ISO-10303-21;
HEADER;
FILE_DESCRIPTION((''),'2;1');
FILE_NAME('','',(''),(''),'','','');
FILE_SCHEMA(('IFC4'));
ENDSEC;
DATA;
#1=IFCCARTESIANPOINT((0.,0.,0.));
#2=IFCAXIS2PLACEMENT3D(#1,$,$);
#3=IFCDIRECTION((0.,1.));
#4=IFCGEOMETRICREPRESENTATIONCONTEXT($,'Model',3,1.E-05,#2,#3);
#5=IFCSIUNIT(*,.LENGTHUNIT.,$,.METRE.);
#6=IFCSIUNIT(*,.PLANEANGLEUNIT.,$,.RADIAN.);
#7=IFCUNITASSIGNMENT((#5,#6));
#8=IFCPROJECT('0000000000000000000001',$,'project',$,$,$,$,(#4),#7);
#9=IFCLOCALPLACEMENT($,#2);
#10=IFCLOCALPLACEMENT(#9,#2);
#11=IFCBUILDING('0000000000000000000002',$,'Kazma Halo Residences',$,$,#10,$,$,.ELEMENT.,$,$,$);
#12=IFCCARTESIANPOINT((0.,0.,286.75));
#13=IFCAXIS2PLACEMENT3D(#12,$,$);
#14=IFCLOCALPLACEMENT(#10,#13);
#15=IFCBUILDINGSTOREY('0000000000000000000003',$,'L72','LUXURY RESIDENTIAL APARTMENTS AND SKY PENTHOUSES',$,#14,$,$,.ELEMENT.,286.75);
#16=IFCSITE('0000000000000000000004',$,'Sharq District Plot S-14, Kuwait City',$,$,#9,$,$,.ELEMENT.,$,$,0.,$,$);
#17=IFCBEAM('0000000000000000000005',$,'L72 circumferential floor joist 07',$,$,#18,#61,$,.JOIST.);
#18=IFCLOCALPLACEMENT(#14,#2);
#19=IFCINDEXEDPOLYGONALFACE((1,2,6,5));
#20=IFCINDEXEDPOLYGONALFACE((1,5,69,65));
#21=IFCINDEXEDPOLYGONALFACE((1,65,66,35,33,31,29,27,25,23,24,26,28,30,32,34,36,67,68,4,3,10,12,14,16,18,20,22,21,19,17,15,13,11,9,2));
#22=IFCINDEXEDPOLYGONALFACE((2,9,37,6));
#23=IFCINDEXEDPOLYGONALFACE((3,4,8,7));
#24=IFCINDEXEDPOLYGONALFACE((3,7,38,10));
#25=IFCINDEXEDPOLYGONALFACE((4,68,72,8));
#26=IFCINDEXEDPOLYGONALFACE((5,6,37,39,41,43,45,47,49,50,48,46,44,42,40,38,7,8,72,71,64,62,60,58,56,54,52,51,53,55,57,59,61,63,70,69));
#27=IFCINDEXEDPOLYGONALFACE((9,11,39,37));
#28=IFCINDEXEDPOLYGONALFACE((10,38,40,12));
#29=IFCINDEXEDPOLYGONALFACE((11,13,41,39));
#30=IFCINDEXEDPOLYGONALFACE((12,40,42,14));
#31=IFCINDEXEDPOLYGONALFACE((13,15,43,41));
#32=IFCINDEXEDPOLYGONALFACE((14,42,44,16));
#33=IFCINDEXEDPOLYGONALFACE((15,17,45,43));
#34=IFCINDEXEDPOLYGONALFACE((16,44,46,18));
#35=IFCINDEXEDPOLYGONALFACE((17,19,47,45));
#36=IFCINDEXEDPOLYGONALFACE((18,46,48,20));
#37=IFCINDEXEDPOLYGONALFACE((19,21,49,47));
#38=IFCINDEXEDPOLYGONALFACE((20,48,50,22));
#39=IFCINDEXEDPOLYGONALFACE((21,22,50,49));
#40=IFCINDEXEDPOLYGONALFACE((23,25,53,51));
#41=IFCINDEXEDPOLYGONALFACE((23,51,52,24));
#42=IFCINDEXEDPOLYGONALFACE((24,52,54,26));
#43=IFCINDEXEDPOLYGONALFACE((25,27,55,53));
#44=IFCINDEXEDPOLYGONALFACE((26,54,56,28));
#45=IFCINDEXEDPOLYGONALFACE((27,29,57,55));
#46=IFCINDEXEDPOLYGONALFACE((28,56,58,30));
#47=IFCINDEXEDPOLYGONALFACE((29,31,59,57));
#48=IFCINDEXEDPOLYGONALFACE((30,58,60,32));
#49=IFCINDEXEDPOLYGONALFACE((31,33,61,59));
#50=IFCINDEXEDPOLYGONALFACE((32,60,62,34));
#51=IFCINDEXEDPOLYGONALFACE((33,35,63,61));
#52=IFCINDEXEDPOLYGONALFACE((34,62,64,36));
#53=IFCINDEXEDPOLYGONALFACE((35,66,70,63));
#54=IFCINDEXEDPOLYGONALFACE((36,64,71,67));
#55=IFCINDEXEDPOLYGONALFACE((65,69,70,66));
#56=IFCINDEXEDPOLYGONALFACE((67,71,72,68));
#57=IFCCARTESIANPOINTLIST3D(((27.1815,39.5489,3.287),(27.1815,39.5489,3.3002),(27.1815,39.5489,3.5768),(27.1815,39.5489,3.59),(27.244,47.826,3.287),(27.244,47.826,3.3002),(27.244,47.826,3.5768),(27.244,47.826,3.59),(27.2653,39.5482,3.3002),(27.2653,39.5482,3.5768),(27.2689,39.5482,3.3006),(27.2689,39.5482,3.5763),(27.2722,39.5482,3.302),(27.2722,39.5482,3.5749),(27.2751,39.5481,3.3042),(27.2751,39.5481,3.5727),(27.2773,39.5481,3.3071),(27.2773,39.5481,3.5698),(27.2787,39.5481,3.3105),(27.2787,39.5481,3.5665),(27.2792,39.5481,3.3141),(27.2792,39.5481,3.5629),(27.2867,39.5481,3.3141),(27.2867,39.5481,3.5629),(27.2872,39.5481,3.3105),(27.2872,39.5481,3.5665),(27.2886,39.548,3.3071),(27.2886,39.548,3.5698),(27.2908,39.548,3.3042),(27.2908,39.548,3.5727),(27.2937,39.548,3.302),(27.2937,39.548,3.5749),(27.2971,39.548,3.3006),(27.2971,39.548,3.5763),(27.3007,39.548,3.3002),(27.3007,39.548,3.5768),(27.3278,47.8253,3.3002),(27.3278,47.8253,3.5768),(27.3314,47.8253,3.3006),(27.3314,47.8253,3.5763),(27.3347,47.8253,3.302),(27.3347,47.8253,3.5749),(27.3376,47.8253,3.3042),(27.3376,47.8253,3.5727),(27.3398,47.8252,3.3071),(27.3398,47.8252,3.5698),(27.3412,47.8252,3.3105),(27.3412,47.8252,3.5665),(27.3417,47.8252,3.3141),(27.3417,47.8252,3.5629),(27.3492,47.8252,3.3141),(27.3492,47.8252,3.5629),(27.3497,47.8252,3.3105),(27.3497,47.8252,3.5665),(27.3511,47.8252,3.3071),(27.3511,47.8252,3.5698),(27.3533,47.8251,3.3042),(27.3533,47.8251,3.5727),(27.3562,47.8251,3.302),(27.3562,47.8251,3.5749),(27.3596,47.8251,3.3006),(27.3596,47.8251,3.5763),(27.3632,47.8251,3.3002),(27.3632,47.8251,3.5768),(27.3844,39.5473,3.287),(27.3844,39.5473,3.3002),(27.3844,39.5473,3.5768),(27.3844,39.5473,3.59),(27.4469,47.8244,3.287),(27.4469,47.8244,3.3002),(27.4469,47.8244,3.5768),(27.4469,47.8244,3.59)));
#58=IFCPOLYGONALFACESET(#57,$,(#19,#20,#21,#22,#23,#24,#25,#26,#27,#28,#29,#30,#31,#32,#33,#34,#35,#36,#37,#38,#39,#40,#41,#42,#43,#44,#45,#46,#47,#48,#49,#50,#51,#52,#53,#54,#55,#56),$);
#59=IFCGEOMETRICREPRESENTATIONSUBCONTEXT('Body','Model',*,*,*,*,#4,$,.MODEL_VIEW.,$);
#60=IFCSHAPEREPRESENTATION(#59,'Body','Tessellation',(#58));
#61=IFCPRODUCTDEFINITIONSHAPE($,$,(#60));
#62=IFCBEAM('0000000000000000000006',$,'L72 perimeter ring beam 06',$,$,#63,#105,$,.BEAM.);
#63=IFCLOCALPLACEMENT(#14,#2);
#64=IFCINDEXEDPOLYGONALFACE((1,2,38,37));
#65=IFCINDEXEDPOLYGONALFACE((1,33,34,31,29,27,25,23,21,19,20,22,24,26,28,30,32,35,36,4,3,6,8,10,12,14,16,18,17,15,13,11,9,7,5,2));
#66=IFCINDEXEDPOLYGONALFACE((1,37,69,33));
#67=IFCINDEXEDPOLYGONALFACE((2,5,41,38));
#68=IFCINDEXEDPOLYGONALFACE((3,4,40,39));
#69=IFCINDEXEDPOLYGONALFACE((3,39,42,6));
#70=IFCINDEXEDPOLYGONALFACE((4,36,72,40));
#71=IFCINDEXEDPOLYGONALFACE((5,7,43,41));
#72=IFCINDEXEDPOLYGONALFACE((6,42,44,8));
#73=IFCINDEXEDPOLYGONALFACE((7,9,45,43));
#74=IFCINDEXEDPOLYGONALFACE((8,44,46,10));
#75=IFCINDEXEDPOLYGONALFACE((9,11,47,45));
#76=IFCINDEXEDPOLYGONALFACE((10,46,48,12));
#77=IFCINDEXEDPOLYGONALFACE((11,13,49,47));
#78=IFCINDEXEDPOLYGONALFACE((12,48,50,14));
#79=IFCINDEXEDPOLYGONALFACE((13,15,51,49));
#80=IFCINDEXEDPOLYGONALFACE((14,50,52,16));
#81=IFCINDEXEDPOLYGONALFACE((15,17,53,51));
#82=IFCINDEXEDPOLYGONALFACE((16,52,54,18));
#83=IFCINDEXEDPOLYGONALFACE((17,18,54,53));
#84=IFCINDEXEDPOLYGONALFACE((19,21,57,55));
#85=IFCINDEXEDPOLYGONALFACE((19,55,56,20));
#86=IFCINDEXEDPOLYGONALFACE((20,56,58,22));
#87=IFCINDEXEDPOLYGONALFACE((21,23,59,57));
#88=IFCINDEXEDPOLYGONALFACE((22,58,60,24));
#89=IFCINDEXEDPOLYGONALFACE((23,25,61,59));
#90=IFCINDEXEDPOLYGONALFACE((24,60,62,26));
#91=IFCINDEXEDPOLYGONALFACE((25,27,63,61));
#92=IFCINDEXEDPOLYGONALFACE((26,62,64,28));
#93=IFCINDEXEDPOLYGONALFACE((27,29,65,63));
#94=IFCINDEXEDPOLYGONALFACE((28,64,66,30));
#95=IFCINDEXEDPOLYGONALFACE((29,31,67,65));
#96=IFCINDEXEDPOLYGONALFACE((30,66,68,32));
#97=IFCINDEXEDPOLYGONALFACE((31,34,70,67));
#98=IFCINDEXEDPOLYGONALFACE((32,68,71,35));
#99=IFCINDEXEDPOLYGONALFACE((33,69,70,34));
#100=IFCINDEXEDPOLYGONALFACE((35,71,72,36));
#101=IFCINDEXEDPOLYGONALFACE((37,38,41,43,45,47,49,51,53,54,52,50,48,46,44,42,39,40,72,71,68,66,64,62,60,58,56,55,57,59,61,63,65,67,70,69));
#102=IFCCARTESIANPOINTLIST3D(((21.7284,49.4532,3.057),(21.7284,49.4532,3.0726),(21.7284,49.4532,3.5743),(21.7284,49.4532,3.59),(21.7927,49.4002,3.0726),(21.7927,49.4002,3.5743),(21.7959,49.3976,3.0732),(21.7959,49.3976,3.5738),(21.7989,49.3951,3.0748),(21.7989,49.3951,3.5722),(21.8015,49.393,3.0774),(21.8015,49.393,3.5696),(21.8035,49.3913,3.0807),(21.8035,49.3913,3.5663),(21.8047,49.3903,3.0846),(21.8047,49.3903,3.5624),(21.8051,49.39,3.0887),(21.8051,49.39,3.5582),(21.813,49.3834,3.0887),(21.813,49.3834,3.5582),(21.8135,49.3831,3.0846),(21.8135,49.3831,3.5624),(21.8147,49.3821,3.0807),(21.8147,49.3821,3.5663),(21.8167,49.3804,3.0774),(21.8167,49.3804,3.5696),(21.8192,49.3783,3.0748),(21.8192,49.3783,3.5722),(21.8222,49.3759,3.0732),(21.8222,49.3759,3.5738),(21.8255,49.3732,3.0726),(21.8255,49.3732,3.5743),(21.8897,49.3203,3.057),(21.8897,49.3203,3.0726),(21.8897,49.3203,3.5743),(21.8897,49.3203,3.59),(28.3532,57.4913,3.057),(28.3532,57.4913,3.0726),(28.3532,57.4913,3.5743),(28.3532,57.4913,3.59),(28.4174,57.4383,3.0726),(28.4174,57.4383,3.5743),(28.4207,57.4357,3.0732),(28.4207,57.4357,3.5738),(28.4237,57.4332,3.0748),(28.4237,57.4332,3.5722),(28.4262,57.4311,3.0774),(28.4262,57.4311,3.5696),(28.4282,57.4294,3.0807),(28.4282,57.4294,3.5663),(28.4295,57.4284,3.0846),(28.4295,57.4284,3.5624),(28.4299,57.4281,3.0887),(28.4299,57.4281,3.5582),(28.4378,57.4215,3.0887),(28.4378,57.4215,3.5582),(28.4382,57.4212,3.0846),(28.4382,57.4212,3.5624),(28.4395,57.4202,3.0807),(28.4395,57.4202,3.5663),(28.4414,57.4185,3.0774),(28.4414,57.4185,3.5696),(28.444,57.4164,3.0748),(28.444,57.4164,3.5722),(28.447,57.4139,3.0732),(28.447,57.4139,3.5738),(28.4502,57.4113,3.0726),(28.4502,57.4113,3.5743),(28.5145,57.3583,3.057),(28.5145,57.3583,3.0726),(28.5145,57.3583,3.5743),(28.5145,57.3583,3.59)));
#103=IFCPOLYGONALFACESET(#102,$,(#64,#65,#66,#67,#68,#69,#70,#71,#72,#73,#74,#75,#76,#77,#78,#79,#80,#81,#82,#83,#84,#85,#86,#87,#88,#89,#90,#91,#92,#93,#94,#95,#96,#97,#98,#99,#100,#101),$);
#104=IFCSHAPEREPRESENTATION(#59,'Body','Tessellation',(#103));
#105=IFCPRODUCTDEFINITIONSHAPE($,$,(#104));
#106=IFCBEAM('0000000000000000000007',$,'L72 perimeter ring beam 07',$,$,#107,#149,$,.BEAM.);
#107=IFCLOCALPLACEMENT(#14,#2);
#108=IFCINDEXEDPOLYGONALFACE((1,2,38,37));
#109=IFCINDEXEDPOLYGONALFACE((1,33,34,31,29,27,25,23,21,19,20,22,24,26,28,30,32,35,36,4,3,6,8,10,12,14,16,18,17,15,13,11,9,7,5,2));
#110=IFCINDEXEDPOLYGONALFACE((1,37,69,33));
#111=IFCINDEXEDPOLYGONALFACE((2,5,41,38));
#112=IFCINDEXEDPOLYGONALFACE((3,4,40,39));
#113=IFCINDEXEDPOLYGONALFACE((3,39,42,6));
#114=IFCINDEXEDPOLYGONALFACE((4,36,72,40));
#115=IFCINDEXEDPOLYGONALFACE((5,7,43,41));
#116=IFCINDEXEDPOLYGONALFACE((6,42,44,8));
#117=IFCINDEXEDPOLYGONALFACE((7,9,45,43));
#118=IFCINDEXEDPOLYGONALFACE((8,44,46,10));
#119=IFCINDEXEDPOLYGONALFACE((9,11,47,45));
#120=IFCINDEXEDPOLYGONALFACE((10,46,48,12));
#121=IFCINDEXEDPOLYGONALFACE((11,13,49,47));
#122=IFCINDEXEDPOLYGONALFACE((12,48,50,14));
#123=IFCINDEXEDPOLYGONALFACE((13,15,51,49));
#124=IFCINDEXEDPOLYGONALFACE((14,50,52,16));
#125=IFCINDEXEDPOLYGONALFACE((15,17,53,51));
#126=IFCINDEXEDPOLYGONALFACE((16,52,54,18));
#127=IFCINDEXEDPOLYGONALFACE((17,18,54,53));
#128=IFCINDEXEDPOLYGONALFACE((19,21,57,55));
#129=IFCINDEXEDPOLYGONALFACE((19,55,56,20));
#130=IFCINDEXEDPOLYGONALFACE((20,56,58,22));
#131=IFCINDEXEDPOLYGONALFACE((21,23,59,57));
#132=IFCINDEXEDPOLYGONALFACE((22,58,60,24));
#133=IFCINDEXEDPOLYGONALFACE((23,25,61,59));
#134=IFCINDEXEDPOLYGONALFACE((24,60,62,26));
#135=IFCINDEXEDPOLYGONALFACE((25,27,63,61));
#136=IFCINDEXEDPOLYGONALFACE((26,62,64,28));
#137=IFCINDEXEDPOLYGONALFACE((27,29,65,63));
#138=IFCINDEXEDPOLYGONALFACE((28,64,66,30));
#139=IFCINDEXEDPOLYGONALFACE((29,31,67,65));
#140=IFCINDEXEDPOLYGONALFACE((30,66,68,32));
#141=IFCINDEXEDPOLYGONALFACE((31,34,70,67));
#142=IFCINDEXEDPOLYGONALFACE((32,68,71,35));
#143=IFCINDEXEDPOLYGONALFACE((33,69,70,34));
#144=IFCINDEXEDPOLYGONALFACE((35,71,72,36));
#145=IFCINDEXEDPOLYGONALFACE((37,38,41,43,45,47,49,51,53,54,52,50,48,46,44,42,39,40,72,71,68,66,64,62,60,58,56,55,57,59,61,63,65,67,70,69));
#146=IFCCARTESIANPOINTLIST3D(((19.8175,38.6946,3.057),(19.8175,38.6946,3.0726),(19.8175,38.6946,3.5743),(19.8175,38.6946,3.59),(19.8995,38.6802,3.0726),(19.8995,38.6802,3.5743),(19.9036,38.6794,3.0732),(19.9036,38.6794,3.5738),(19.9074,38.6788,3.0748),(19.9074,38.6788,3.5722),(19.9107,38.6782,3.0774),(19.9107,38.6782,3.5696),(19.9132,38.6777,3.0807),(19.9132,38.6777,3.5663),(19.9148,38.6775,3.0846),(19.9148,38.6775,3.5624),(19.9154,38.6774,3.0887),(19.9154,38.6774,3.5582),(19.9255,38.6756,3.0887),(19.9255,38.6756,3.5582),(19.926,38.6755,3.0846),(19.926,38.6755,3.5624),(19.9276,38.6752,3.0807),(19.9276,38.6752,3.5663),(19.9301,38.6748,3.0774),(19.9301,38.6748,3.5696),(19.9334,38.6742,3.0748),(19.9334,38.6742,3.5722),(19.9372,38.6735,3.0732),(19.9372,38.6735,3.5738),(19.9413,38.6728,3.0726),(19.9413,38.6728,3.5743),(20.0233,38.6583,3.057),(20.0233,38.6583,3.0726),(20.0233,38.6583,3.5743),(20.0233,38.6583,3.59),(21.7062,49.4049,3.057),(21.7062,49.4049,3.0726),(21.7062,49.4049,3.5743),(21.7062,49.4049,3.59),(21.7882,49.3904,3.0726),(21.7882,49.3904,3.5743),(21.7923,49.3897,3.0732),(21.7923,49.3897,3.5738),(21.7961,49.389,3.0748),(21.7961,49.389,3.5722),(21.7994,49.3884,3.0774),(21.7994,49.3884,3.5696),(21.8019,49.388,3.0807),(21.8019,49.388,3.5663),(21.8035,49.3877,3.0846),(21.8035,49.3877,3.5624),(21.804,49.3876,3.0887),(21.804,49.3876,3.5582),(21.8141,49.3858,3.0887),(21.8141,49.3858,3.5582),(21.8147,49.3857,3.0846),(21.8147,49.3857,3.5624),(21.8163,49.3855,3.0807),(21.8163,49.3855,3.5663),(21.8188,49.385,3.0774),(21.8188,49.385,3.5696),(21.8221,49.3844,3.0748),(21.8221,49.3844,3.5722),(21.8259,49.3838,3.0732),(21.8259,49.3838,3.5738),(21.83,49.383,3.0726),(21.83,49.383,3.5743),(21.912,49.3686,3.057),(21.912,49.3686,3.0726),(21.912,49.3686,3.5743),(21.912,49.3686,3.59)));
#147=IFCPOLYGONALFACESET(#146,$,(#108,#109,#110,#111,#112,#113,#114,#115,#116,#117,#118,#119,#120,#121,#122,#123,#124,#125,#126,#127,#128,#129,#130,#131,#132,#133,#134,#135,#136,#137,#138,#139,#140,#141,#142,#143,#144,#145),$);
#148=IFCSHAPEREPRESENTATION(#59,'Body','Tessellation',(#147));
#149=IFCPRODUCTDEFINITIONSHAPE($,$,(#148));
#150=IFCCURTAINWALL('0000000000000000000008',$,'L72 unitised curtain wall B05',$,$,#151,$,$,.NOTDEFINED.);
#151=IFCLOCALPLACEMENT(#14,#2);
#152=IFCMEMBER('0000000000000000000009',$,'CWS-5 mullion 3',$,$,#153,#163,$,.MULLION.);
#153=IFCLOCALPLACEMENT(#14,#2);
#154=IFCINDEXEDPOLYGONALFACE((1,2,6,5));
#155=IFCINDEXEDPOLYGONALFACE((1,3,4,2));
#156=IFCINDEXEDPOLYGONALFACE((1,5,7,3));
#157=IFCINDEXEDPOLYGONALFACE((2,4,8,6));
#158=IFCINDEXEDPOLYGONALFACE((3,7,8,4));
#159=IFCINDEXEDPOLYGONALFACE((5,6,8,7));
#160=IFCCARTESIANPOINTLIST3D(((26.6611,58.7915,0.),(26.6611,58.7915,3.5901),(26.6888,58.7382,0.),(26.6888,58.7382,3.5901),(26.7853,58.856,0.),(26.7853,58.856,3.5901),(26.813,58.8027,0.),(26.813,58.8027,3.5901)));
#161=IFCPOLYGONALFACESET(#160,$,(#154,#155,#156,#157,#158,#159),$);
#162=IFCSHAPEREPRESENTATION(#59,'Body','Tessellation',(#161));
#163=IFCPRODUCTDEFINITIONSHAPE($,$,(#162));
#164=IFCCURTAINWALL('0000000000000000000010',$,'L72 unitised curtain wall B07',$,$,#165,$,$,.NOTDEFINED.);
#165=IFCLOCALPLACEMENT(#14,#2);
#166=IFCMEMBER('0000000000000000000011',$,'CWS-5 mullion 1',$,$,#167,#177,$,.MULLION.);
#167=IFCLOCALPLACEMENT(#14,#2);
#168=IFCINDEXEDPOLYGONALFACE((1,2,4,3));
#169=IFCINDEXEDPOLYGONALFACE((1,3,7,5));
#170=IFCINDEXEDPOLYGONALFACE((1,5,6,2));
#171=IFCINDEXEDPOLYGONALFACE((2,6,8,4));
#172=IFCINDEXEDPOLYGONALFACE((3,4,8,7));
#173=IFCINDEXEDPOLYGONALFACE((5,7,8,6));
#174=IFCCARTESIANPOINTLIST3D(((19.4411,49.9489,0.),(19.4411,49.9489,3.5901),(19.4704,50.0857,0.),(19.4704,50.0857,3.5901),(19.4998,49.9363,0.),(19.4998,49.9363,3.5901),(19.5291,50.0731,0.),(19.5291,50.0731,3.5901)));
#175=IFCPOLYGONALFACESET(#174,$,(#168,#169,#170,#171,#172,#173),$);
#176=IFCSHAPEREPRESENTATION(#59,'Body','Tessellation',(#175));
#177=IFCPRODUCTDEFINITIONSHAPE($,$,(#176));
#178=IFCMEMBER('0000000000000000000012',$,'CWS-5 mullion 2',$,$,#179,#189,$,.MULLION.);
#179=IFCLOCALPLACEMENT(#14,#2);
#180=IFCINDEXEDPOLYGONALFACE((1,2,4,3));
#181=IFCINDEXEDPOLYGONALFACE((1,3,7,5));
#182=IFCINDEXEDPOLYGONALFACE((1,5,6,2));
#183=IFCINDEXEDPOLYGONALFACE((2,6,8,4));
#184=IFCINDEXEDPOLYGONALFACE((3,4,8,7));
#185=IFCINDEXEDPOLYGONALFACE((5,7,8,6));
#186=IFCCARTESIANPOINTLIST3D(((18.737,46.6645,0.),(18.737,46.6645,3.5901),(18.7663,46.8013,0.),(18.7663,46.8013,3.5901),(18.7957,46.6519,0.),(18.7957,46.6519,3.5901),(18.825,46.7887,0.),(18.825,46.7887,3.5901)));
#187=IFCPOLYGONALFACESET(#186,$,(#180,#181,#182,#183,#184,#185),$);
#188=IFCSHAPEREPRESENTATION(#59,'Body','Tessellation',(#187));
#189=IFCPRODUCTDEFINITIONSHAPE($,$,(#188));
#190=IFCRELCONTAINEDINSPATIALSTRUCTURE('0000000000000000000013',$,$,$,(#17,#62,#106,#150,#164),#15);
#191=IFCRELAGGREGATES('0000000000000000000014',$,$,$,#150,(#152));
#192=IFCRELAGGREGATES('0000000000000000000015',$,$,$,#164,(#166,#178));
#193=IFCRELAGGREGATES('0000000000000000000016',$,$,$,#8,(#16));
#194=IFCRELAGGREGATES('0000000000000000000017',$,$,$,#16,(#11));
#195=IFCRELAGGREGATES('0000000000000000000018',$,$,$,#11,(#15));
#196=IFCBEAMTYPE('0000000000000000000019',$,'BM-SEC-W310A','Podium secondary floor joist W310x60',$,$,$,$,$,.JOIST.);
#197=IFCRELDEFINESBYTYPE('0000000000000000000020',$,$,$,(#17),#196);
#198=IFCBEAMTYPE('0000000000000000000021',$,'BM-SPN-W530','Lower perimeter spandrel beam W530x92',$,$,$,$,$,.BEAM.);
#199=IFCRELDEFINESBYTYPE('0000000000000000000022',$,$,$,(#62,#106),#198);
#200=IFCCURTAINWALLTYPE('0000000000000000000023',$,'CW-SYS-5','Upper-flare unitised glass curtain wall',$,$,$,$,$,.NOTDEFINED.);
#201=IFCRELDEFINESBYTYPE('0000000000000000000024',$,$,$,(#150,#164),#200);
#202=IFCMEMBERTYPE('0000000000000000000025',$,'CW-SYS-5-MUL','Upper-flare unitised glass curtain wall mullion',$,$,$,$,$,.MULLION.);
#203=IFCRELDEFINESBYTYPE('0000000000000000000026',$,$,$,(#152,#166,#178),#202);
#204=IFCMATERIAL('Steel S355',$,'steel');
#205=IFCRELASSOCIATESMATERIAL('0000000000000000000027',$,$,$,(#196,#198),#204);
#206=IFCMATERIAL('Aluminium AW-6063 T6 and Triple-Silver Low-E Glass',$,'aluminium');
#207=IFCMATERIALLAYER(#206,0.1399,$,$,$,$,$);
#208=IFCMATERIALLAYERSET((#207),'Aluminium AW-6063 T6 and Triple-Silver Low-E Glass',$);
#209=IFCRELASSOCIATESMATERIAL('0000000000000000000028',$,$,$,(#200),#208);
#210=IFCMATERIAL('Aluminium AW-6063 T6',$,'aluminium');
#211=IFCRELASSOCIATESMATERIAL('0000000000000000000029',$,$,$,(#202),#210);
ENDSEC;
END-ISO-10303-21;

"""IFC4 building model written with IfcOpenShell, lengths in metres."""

from ifc_helpers import new_model, si_unit, direction, frame, origin, origin_2d, place, context, subcontext, project, spatial, rectangle, i_section, extrude, material, layer, layer_set, material_profile, profile_set, type_object, element, aggregate, save


model = new_model("IFC4")

# Units and contexts
model_context = context("Model", 3, precision=1e-05, world=origin(), true_north=direction((0.0, 1.0)))
body_context = subcontext(model_context, "Body", "Model", "MODEL_VIEW")
ifc_project = project(units=[si_unit("LENGTHUNIT", "METRE"), si_unit("PLANEANGLEUNIT", "RADIAN")], contexts=[model_context])

# Site, building, storey
site_placement = place(None, origin())
site = spatial("IfcSite", under=ifc_project, at=site_placement, Name="Sharq District Plot S-14, Kuwait City", CompositionType="ELEMENT", RefElevation=0.0)
building_placement = place(site_placement, origin())
building = spatial("IfcBuilding", under=site, at=building_placement, Name="Kazma Halo Residences", CompositionType="ELEMENT")
storey_placement = place(building_placement, frame((0.0, 0.0, 286.75)))
storey = spatial("IfcBuildingStorey", under=building, at=storey_placement, Name="L72", Description="LUXURY RESIDENTIAL APARTMENTS AND SKY PENTHOUSES", CompositionType="ELEMENT", Elevation=286.75)

# Beams
ifc_material_1 = material(Name="Steel S355", Category="steel")
ifc_material_profile_1 = material_profile(ifc_material_1, i_section(OverallWidth=0.2029, OverallDepth=0.303, WebThickness=0.0076, FlangeThickness=0.0132, FilletRadius=0.0139, at=origin_2d()), Name="W310x60")
ifc_profile_set_1 = profile_set([ifc_material_profile_1], Name="Steel S355")
beam_type_1 = type_object("IfcBeamType", Name="BM-SEC-W310A", Description="Podium secondary floor joist W310x60", PredefinedType="JOIST", material=ifc_profile_set_1)
beam_1_placement = place(storey_placement, frame((27.3455, 47.8252, 3.4385), z_axis=(-0.007551, -0.999971, 0.0), x_axis=(0.999971, -0.007551, 0.0)))
element("IfcBeam", 1, at=beam_1_placement, inside=storey, type_object=beam_type_1, Name="L72 circumferential floor joist 07", PredefinedType="JOIST", context=body_context, shape_type="SweptSolid", body=[
    extrude(i_section(OverallWidth=0.2029, OverallDepth=0.303, WebThickness=0.0076, FlangeThickness=0.0132, FilletRadius=0.0139, at=origin_2d()), origin(), (0.0, 0.0, 1.0), 8.2773),
])
ifc_material_profile_2 = material_profile(ifc_material_1, i_section(OverallWidth=0.209, OverallDepth=0.533, WebThickness=0.0103, FlangeThickness=0.0156, FilletRadius=0.0161, at=origin_2d()), Name="W530x92")
ifc_profile_set_2 = profile_set([ifc_material_profile_2], Name="Steel S355")
beam_type_2 = type_object("IfcBeamType", Name="BM-SPN-W530", Description="Lower perimeter spandrel beam W530x92", PredefinedType="BEAM", material=ifc_profile_set_2)
beam_2_placement = place(storey_placement, frame((28.4338, 57.4248, 3.3235), z_axis=(-0.636002, -0.771687, 0.0), x_axis=(0.771687, -0.636002, 0.0)))
element("IfcBeam", 2, at=beam_2_placement, inside=storey, type_object=beam_type_2, Name="L72 perimeter ring beam 06", PredefinedType="BEAM", context=body_context, shape_type="SweptSolid", body=[
    extrude(i_section(OverallWidth=0.209, OverallDepth=0.533, WebThickness=0.0103, FlangeThickness=0.0156, FilletRadius=0.0161, at=origin_2d()), origin(), (0.0, 0.0, 1.0), 10.4163),
])
beam_3_placement = place(storey_placement, frame((21.8091, 49.3867, 3.3235), z_axis=(-0.173664, -0.984805, 0.0), x_axis=(0.984805, -0.173664, 0.0)))
element("IfcBeam", 3, at=beam_3_placement, inside=storey, type_object=beam_type_2, Name="L72 perimeter ring beam 07", PredefinedType="BEAM", context=body_context, shape_type="SweptSolid", body=[
    extrude(i_section(OverallWidth=0.209, OverallDepth=0.533, WebThickness=0.0103, FlangeThickness=0.0156, FilletRadius=0.0161, at=origin_2d()), origin(), (0.0, 0.0, 1.0), 10.8755),
])

# Curtain wall, member
ifc_material_2 = material(Name="Aluminium AW-6063 T6 and Triple-Silver Low-E Glass", Category="aluminium")
ifc_layer_1 = layer(ifc_material_2, 0.1399)
ifc_layer_set_1 = layer_set([ifc_layer_1], Name="Aluminium AW-6063 T6 and Triple-Silver Low-E Glass")
curtain_wall_type = type_object("IfcCurtainWallType", Name="CW-SYS-5", Description="Upper-flare unitised glass curtain wall", PredefinedType="NOTDEFINED", material=ifc_layer_set_1)
curtain_wall_1_placement = place(storey_placement, origin())
curtain_wall_1 = element("IfcCurtainWall", 4, at=curtain_wall_1_placement, inside=storey, type_object=curtain_wall_type, Name="L72 unitised curtain wall B05", PredefinedType="NOTDEFINED")
ifc_material_3 = material(Name="Aluminium AW-6063 T6", Category="aluminium")
ifc_material_profile_3 = material_profile(ifc_material_3, rectangle(XDim=0.0601, YDim=0.1399, at=origin_2d()), Name="CWM-60x140")
ifc_profile_set_3 = profile_set([ifc_material_profile_3], Name="Aluminium AW-6063 T6")
member_type_1 = type_object("IfcMemberType", Name="CW-SYS-5-MUL", Description="Upper-flare unitised glass curtain wall mullion", PredefinedType="MULLION", material=ifc_profile_set_3)
member_1_placement = place(storey_placement, frame((26.7371, 58.7971, 0.0), z_axis=(0.0, 0.0, 1.0), x_axis=(0.460961, -0.887421, 0.0)))
member_1 = element("IfcMember", 5, at=member_1_placement, type_object=member_type_1, Name="CWS-5 mullion 3", PredefinedType="MULLION", context=body_context, shape_type="SweptSolid", body=[
    extrude(rectangle(XDim=0.0601, YDim=0.1399, at=origin_2d()), origin(), (0.0, 0.0, 1.0), 3.5901),
])

# Curtain wall, members
curtain_wall_2_placement = place(storey_placement, origin())
curtain_wall_2 = element("IfcCurtainWall", 6, at=curtain_wall_2_placement, inside=storey, type_object=curtain_wall_type, Name="L72 unitised curtain wall B07", PredefinedType="NOTDEFINED")
member_2_placement = place(storey_placement, frame((19.4851, 50.011, 0.0), z_axis=(0.0, 0.0, 1.0), x_axis=(0.977775, -0.209657, 0.0)))
member_2 = element("IfcMember", 7, at=member_2_placement, type_object=member_type_1, Name="CWS-5 mullion 1", PredefinedType="MULLION", context=body_context, shape_type="SweptSolid", body=[
    extrude(rectangle(XDim=0.0601, YDim=0.1399, at=origin_2d()), origin(), (0.0, 0.0, 1.0), 3.5901),
])
member_3_placement = place(storey_placement, frame((18.781, 46.7266, 0.0), z_axis=(0.0, 0.0, 1.0), x_axis=(0.977775, -0.209657, 0.0)))
member_3 = element("IfcMember", 8, at=member_3_placement, type_object=member_type_1, Name="CWS-5 mullion 2", PredefinedType="MULLION", context=body_context, shape_type="SweptSolid", body=[
    extrude(rectangle(XDim=0.0601, YDim=0.1399, at=origin_2d()), origin(), (0.0, 0.0, 1.0), 3.5901),
])

aggregate(curtain_wall_1, [member_1])
aggregate(curtain_wall_2, [member_2, member_3])

save(model, "model.ifc")
